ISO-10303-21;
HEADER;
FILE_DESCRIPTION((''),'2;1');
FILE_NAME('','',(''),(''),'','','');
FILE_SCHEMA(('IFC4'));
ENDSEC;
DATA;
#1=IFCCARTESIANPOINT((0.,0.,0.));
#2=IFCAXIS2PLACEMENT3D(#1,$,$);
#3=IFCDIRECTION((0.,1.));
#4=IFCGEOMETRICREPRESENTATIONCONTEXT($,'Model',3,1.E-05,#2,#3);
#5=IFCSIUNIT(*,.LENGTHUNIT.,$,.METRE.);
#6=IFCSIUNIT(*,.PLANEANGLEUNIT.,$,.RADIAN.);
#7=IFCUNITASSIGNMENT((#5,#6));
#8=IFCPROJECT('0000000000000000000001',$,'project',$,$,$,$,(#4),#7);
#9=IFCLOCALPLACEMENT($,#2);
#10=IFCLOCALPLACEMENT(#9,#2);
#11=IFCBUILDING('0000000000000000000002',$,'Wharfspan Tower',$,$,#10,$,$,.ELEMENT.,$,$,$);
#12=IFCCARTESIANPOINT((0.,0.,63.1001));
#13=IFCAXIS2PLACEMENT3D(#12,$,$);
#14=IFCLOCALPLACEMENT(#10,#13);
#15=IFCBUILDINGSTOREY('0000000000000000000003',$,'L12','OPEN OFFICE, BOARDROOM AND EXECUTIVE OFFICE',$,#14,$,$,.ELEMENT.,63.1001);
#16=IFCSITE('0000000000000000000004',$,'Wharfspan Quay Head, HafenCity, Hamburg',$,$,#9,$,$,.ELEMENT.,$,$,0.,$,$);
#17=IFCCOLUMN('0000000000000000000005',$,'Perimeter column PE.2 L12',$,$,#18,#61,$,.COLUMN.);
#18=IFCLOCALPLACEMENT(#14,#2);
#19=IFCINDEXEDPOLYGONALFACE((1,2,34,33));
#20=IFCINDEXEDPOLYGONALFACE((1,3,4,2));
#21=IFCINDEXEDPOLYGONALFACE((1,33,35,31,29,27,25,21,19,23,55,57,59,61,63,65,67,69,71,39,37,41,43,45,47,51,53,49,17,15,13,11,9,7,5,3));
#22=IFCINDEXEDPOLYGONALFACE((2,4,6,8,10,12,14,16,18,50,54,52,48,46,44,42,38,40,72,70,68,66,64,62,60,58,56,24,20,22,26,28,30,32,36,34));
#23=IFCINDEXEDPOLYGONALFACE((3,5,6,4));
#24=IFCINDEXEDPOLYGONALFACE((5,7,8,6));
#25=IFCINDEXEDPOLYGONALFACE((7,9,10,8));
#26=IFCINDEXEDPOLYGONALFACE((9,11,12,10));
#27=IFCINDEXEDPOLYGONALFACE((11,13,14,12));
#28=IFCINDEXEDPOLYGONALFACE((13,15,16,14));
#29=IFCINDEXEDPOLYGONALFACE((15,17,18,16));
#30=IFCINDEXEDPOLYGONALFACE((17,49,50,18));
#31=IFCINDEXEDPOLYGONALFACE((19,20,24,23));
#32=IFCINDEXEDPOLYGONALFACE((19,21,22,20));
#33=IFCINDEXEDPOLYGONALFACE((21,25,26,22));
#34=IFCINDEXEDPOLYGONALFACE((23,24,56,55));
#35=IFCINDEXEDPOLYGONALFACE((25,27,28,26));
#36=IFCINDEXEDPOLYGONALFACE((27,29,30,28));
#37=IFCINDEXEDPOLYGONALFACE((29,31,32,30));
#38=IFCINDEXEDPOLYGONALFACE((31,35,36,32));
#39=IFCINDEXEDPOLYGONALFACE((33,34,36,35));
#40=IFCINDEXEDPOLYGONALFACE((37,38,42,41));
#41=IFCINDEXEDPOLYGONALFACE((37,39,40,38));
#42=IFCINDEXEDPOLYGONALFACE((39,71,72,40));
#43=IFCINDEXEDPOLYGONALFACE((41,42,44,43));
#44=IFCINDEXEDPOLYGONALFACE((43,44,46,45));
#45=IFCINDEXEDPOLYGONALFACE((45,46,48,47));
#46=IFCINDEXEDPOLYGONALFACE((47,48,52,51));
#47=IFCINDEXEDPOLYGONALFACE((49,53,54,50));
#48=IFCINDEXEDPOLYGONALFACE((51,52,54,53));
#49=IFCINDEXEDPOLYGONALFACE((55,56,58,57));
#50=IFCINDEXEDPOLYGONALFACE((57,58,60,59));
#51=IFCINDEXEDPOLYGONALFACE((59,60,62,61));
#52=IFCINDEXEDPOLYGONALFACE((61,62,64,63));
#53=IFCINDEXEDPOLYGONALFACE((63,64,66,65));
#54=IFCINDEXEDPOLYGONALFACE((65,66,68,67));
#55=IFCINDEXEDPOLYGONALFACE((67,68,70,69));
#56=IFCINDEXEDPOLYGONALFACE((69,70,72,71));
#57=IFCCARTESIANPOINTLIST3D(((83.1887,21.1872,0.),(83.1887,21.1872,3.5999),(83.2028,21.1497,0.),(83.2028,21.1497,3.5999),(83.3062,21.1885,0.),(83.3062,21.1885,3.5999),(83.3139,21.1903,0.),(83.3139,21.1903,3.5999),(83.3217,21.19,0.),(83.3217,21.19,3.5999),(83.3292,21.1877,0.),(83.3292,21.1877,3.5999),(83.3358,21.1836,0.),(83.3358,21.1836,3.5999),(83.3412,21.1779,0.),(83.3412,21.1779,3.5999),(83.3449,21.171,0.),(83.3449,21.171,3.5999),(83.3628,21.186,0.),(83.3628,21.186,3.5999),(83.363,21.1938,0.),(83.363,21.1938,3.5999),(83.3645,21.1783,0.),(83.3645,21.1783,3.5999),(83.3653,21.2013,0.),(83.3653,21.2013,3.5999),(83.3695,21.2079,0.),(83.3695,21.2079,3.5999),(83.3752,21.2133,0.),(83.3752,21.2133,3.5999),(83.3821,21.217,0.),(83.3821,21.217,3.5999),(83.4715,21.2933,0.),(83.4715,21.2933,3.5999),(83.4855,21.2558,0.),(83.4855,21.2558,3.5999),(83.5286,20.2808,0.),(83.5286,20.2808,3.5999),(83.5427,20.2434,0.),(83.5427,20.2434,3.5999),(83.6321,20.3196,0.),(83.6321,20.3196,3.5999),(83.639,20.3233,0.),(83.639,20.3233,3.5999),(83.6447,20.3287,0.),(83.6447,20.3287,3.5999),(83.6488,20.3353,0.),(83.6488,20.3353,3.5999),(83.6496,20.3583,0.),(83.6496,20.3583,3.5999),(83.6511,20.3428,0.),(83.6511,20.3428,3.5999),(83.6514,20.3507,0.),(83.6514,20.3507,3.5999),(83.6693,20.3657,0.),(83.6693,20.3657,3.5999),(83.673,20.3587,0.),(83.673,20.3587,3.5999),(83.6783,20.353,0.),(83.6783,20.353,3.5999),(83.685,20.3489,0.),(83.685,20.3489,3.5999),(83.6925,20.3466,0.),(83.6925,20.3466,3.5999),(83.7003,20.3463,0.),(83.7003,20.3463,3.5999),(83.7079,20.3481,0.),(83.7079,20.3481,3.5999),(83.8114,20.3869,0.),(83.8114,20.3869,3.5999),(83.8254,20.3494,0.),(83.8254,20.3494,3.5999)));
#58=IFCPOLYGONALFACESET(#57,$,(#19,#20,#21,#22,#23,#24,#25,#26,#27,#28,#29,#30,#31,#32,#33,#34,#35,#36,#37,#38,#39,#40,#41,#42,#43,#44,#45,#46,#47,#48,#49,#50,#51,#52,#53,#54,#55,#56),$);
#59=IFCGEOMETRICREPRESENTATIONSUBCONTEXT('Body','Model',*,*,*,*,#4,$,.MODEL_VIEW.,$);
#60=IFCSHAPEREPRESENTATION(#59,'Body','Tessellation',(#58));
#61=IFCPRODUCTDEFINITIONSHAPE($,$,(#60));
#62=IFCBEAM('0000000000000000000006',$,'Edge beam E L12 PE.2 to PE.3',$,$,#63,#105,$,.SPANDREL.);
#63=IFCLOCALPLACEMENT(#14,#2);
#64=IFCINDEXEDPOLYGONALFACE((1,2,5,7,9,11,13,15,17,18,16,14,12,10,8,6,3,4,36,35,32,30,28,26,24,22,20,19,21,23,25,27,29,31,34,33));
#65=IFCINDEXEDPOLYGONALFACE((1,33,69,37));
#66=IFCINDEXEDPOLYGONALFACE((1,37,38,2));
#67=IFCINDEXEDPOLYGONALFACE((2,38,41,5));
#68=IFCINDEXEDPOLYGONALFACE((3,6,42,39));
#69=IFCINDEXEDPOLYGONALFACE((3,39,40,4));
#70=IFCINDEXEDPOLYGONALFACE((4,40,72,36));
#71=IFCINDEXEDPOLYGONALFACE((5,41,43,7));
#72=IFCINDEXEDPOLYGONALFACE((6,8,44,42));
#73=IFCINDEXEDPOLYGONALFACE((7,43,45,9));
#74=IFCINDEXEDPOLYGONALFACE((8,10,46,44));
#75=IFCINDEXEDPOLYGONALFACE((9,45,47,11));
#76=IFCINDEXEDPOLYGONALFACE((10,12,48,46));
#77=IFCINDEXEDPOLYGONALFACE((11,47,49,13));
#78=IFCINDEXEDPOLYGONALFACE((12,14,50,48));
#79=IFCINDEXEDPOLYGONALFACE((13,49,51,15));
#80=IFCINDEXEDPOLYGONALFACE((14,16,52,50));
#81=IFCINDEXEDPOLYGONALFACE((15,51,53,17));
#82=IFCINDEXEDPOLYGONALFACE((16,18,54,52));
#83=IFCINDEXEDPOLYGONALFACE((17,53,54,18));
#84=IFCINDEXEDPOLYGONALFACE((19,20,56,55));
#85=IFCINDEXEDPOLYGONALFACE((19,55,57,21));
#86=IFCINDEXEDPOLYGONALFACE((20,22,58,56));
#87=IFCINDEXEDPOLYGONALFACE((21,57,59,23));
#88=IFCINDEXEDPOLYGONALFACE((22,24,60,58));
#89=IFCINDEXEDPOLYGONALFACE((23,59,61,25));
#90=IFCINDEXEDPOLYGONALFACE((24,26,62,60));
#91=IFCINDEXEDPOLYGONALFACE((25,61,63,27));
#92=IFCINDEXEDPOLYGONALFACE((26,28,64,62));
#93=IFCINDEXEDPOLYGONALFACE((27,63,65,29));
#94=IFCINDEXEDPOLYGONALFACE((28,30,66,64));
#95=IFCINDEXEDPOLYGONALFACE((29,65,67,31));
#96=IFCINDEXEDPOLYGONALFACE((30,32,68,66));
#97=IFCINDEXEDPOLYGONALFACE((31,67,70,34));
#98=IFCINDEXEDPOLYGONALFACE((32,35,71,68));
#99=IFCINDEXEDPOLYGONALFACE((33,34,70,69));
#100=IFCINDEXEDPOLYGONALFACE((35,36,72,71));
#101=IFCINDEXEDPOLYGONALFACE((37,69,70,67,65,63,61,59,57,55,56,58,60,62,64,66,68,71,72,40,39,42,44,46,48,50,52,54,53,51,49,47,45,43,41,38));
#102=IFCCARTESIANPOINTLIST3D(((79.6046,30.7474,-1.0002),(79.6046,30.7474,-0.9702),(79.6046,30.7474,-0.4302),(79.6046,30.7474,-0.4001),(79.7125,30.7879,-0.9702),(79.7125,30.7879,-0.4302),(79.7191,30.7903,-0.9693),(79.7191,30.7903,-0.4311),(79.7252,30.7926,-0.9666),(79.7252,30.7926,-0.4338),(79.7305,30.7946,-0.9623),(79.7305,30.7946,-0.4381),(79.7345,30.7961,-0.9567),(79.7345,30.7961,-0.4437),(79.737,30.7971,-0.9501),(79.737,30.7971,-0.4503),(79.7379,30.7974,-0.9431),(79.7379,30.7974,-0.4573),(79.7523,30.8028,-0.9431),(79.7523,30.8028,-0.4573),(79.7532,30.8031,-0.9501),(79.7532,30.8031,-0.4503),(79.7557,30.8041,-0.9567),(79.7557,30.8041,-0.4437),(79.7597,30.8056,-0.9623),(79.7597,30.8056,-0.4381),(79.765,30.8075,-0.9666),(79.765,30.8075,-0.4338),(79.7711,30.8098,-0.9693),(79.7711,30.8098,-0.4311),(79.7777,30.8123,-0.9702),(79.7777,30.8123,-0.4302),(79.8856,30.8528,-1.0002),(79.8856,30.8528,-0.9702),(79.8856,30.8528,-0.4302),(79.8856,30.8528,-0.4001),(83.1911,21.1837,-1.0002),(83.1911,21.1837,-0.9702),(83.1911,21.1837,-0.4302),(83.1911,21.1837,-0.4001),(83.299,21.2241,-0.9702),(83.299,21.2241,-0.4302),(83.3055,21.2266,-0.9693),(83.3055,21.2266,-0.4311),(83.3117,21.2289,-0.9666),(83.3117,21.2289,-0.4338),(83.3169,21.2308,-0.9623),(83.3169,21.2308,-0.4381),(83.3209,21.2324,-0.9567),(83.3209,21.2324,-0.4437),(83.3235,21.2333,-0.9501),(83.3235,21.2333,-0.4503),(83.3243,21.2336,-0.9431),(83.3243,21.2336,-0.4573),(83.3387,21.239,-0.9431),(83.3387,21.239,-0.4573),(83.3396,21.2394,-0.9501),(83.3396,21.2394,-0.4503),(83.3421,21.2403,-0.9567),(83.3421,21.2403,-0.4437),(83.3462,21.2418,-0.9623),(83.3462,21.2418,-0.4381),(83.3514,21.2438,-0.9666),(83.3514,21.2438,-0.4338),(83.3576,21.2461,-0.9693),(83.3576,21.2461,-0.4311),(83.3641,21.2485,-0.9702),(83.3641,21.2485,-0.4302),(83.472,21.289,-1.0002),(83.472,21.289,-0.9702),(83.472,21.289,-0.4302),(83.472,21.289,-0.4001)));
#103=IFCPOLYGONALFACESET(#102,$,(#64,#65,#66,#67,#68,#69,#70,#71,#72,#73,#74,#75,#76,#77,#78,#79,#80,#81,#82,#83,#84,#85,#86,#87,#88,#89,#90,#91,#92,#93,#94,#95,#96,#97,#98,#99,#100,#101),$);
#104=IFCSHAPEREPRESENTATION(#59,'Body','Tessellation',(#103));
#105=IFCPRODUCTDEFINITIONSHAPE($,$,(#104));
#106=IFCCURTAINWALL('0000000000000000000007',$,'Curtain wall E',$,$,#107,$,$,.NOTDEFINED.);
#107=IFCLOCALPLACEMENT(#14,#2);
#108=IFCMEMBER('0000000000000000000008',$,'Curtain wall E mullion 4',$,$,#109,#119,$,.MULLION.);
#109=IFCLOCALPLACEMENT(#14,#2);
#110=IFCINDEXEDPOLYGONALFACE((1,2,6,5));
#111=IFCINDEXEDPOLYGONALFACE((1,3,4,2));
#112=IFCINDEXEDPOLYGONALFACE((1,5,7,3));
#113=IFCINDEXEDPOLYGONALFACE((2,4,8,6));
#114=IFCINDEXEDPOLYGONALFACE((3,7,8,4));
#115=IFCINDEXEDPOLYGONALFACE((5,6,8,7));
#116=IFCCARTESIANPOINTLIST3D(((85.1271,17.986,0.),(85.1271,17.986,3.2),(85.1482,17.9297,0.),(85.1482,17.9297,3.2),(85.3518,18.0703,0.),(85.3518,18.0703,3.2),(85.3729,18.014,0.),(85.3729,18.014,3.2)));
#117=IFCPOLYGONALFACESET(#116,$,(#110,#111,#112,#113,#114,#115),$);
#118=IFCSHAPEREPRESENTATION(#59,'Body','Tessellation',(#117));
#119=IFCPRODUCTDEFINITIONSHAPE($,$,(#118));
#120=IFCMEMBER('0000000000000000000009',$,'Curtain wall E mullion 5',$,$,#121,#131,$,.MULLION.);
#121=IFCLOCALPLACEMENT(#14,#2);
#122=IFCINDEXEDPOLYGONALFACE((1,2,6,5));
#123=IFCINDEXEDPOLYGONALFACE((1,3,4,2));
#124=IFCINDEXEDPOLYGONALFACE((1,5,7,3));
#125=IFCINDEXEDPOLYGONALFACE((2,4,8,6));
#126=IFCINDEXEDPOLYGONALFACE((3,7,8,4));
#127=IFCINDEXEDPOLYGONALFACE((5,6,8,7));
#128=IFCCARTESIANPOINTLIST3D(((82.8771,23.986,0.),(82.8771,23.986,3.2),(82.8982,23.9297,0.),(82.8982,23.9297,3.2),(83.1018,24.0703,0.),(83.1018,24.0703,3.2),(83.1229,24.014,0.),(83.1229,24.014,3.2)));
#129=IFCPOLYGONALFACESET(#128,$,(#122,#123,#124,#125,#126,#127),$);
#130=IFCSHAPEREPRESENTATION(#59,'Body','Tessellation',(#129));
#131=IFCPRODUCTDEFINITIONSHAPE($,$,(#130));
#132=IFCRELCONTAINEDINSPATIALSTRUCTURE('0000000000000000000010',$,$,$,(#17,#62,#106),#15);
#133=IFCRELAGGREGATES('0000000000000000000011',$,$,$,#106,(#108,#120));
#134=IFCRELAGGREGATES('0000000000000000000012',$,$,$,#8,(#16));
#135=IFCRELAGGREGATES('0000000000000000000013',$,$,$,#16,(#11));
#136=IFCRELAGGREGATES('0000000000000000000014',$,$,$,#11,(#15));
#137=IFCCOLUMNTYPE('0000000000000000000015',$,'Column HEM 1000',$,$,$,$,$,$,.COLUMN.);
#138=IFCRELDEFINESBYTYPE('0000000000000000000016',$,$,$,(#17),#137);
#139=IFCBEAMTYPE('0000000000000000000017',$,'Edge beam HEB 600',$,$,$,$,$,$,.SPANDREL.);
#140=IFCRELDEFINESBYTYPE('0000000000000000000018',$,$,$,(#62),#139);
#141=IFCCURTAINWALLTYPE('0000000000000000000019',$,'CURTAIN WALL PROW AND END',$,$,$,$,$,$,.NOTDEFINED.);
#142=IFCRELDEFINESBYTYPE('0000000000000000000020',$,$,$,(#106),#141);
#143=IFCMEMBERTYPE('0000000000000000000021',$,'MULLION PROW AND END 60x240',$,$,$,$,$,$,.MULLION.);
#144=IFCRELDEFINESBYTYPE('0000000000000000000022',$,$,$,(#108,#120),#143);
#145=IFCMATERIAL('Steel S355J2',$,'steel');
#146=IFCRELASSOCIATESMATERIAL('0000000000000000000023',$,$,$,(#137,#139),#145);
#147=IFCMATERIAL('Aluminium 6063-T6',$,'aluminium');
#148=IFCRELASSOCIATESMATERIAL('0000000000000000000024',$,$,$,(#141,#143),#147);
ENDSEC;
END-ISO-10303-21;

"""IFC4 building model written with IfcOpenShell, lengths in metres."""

from ifc_helpers import new_model, si_unit, direction, frame, origin, origin_2d, place, context, subcontext, project, spatial, rectangle, i_section, extrude, material, material_profile, profile_set, type_object, element, aggregate, save


model = new_model("IFC4")

# Units and contexts
model_context = context("Model", 3, precision=1e-05, world=origin(), true_north=direction((0.0, 1.0)))
body_context = subcontext(model_context, "Body", "Model", "MODEL_VIEW")
ifc_project = project(units=[si_unit("LENGTHUNIT", "METRE"), si_unit("PLANEANGLEUNIT", "RADIAN")], contexts=[model_context])

# Site, building, storey
site_placement = place(None, origin())
site = spatial("IfcSite", under=ifc_project, at=site_placement, Name="Wharfspan Quay Head, HafenCity, Hamburg", CompositionType="ELEMENT", RefElevation=0.0)
building_placement = place(site_placement, origin())
building = spatial("IfcBuilding", under=site, at=building_placement, Name="Wharfspan Tower", CompositionType="ELEMENT")
storey_placement = place(building_placement, frame((0.0, 0.0, 63.1001)))
storey = spatial("IfcBuildingStorey", under=building, at=storey_placement, Name="L12", Description="OPEN OFFICE, BOARDROOM AND EXECUTIVE OFFICE", CompositionType="ELEMENT", Elevation=63.1001)

# Column
ifc_material_1 = material(Name="Steel S355J2", Category="steel")
ifc_material_profile_1 = material_profile(ifc_material_1, i_section(OverallWidth=0.302, OverallDepth=1.0081, WebThickness=0.021, FlangeThickness=0.04, FilletRadius=0.03, at=origin_2d()))
ifc_profile_set_1 = profile_set([ifc_material_profile_1], Name="Steel S355J2")
column_type = type_object("IfcColumnType", Name="Column HEM 1000", PredefinedType="COLUMN", material=ifc_profile_set_1)
column_placement = place(storey_placement, frame((83.5071, 20.7683, 0.0), z_axis=(0.0, 0.0, 1.0), x_axis=(0.936328, 0.351123, 0.0)))
element("IfcColumn", 1, at=column_placement, inside=storey, type_object=column_type, Name="Perimeter column PE.2 L12", PredefinedType="COLUMN", context=body_context, shape_type="SweptSolid", body=[
    extrude(i_section(OverallWidth=0.302, OverallDepth=1.0081, WebThickness=0.021, FlangeThickness=0.04, FilletRadius=0.03, at=origin_2d()), origin(), (0.0, 0.0, 1.0), 3.5999),
])

# Beam
ifc_material_profile_2 = material_profile(ifc_material_1, i_section(OverallWidth=0.3, OverallDepth=0.6001, WebThickness=0.0154, FlangeThickness=0.03, FilletRadius=0.0271, at=origin_2d()))
ifc_profile_set_2 = profile_set([ifc_material_profile_2], Name="Steel S355J2")
beam_type = type_object("IfcBeamType", Name="Edge beam HEB 600", PredefinedType="SPANDREL", material=ifc_profile_set_2)
beam_placement = place(storey_placement, frame((83.3315, 21.2363, -0.7002), z_axis=(-0.351126, 0.936328, 0.0), x_axis=(-0.936328, -0.351126, 0.0)))
element("IfcBeam", 2, at=beam_placement, inside=storey, type_object=beam_type, Name="Edge beam E L12 PE.2 to PE.3", PredefinedType="SPANDREL", context=body_context, shape_type="SweptSolid", body=[
    extrude(i_section(OverallWidth=0.3, OverallDepth=0.6001, WebThickness=0.0154, FlangeThickness=0.03, FilletRadius=0.0271, at=origin_2d()), origin(), (0.0, 0.0, 1.0), 10.2141),
])

# Curtain wall, members
ifc_material_2 = material(Name="Aluminium 6063-T6", Category="aluminium")
curtain_wall_type = type_object("IfcCurtainWallType", Name="CURTAIN WALL PROW AND END", PredefinedType="NOTDEFINED", material=ifc_material_2)
curtain_wall_placement = place(storey_placement, origin())
curtain_wall = element("IfcCurtainWall", 3, at=curtain_wall_placement, inside=storey, type_object=curtain_wall_type, Name="Curtain wall E", PredefinedType="NOTDEFINED")
ifc_material_profile_3 = material_profile(ifc_material_2, rectangle(XDim=0.24, YDim=0.0601, at=origin_2d()))
ifc_profile_set_3 = profile_set([ifc_material_profile_3], Name="Aluminium 6063-T6")
member_type_1 = type_object("IfcMemberType", Name="MULLION PROW AND END 60x240", PredefinedType="MULLION", material=ifc_profile_set_3)
member_1_placement = place(storey_placement, frame((85.25, 18.0, 0.0), z_axis=(0.0, 0.0, 1.0), x_axis=(-0.936328, -0.351123, 0.0)))
member_1 = element("IfcMember", 4, at=member_1_placement, type_object=member_type_1, Name="Curtain wall E mullion 4", PredefinedType="MULLION", context=body_context, shape_type="SweptSolid", body=[
    extrude(rectangle(XDim=0.24, YDim=0.0601, at=origin_2d()), origin(), (0.0, 0.0, 1.0), 3.2),
])
member_2_placement = place(storey_placement, frame((83.0, 24.0, 0.0), z_axis=(0.0, 0.0, 1.0), x_axis=(-0.936328, -0.351123, 0.0)))
member_2 = element("IfcMember", 5, at=member_2_placement, type_object=member_type_1, Name="Curtain wall E mullion 5", PredefinedType="MULLION", context=body_context, shape_type="SweptSolid", body=[
    extrude(rectangle(XDim=0.24, YDim=0.0601, at=origin_2d()), origin(), (0.0, 0.0, 1.0), 3.2),
])

aggregate(curtain_wall, [member_1, member_2])

save(model, "model.ifc")
